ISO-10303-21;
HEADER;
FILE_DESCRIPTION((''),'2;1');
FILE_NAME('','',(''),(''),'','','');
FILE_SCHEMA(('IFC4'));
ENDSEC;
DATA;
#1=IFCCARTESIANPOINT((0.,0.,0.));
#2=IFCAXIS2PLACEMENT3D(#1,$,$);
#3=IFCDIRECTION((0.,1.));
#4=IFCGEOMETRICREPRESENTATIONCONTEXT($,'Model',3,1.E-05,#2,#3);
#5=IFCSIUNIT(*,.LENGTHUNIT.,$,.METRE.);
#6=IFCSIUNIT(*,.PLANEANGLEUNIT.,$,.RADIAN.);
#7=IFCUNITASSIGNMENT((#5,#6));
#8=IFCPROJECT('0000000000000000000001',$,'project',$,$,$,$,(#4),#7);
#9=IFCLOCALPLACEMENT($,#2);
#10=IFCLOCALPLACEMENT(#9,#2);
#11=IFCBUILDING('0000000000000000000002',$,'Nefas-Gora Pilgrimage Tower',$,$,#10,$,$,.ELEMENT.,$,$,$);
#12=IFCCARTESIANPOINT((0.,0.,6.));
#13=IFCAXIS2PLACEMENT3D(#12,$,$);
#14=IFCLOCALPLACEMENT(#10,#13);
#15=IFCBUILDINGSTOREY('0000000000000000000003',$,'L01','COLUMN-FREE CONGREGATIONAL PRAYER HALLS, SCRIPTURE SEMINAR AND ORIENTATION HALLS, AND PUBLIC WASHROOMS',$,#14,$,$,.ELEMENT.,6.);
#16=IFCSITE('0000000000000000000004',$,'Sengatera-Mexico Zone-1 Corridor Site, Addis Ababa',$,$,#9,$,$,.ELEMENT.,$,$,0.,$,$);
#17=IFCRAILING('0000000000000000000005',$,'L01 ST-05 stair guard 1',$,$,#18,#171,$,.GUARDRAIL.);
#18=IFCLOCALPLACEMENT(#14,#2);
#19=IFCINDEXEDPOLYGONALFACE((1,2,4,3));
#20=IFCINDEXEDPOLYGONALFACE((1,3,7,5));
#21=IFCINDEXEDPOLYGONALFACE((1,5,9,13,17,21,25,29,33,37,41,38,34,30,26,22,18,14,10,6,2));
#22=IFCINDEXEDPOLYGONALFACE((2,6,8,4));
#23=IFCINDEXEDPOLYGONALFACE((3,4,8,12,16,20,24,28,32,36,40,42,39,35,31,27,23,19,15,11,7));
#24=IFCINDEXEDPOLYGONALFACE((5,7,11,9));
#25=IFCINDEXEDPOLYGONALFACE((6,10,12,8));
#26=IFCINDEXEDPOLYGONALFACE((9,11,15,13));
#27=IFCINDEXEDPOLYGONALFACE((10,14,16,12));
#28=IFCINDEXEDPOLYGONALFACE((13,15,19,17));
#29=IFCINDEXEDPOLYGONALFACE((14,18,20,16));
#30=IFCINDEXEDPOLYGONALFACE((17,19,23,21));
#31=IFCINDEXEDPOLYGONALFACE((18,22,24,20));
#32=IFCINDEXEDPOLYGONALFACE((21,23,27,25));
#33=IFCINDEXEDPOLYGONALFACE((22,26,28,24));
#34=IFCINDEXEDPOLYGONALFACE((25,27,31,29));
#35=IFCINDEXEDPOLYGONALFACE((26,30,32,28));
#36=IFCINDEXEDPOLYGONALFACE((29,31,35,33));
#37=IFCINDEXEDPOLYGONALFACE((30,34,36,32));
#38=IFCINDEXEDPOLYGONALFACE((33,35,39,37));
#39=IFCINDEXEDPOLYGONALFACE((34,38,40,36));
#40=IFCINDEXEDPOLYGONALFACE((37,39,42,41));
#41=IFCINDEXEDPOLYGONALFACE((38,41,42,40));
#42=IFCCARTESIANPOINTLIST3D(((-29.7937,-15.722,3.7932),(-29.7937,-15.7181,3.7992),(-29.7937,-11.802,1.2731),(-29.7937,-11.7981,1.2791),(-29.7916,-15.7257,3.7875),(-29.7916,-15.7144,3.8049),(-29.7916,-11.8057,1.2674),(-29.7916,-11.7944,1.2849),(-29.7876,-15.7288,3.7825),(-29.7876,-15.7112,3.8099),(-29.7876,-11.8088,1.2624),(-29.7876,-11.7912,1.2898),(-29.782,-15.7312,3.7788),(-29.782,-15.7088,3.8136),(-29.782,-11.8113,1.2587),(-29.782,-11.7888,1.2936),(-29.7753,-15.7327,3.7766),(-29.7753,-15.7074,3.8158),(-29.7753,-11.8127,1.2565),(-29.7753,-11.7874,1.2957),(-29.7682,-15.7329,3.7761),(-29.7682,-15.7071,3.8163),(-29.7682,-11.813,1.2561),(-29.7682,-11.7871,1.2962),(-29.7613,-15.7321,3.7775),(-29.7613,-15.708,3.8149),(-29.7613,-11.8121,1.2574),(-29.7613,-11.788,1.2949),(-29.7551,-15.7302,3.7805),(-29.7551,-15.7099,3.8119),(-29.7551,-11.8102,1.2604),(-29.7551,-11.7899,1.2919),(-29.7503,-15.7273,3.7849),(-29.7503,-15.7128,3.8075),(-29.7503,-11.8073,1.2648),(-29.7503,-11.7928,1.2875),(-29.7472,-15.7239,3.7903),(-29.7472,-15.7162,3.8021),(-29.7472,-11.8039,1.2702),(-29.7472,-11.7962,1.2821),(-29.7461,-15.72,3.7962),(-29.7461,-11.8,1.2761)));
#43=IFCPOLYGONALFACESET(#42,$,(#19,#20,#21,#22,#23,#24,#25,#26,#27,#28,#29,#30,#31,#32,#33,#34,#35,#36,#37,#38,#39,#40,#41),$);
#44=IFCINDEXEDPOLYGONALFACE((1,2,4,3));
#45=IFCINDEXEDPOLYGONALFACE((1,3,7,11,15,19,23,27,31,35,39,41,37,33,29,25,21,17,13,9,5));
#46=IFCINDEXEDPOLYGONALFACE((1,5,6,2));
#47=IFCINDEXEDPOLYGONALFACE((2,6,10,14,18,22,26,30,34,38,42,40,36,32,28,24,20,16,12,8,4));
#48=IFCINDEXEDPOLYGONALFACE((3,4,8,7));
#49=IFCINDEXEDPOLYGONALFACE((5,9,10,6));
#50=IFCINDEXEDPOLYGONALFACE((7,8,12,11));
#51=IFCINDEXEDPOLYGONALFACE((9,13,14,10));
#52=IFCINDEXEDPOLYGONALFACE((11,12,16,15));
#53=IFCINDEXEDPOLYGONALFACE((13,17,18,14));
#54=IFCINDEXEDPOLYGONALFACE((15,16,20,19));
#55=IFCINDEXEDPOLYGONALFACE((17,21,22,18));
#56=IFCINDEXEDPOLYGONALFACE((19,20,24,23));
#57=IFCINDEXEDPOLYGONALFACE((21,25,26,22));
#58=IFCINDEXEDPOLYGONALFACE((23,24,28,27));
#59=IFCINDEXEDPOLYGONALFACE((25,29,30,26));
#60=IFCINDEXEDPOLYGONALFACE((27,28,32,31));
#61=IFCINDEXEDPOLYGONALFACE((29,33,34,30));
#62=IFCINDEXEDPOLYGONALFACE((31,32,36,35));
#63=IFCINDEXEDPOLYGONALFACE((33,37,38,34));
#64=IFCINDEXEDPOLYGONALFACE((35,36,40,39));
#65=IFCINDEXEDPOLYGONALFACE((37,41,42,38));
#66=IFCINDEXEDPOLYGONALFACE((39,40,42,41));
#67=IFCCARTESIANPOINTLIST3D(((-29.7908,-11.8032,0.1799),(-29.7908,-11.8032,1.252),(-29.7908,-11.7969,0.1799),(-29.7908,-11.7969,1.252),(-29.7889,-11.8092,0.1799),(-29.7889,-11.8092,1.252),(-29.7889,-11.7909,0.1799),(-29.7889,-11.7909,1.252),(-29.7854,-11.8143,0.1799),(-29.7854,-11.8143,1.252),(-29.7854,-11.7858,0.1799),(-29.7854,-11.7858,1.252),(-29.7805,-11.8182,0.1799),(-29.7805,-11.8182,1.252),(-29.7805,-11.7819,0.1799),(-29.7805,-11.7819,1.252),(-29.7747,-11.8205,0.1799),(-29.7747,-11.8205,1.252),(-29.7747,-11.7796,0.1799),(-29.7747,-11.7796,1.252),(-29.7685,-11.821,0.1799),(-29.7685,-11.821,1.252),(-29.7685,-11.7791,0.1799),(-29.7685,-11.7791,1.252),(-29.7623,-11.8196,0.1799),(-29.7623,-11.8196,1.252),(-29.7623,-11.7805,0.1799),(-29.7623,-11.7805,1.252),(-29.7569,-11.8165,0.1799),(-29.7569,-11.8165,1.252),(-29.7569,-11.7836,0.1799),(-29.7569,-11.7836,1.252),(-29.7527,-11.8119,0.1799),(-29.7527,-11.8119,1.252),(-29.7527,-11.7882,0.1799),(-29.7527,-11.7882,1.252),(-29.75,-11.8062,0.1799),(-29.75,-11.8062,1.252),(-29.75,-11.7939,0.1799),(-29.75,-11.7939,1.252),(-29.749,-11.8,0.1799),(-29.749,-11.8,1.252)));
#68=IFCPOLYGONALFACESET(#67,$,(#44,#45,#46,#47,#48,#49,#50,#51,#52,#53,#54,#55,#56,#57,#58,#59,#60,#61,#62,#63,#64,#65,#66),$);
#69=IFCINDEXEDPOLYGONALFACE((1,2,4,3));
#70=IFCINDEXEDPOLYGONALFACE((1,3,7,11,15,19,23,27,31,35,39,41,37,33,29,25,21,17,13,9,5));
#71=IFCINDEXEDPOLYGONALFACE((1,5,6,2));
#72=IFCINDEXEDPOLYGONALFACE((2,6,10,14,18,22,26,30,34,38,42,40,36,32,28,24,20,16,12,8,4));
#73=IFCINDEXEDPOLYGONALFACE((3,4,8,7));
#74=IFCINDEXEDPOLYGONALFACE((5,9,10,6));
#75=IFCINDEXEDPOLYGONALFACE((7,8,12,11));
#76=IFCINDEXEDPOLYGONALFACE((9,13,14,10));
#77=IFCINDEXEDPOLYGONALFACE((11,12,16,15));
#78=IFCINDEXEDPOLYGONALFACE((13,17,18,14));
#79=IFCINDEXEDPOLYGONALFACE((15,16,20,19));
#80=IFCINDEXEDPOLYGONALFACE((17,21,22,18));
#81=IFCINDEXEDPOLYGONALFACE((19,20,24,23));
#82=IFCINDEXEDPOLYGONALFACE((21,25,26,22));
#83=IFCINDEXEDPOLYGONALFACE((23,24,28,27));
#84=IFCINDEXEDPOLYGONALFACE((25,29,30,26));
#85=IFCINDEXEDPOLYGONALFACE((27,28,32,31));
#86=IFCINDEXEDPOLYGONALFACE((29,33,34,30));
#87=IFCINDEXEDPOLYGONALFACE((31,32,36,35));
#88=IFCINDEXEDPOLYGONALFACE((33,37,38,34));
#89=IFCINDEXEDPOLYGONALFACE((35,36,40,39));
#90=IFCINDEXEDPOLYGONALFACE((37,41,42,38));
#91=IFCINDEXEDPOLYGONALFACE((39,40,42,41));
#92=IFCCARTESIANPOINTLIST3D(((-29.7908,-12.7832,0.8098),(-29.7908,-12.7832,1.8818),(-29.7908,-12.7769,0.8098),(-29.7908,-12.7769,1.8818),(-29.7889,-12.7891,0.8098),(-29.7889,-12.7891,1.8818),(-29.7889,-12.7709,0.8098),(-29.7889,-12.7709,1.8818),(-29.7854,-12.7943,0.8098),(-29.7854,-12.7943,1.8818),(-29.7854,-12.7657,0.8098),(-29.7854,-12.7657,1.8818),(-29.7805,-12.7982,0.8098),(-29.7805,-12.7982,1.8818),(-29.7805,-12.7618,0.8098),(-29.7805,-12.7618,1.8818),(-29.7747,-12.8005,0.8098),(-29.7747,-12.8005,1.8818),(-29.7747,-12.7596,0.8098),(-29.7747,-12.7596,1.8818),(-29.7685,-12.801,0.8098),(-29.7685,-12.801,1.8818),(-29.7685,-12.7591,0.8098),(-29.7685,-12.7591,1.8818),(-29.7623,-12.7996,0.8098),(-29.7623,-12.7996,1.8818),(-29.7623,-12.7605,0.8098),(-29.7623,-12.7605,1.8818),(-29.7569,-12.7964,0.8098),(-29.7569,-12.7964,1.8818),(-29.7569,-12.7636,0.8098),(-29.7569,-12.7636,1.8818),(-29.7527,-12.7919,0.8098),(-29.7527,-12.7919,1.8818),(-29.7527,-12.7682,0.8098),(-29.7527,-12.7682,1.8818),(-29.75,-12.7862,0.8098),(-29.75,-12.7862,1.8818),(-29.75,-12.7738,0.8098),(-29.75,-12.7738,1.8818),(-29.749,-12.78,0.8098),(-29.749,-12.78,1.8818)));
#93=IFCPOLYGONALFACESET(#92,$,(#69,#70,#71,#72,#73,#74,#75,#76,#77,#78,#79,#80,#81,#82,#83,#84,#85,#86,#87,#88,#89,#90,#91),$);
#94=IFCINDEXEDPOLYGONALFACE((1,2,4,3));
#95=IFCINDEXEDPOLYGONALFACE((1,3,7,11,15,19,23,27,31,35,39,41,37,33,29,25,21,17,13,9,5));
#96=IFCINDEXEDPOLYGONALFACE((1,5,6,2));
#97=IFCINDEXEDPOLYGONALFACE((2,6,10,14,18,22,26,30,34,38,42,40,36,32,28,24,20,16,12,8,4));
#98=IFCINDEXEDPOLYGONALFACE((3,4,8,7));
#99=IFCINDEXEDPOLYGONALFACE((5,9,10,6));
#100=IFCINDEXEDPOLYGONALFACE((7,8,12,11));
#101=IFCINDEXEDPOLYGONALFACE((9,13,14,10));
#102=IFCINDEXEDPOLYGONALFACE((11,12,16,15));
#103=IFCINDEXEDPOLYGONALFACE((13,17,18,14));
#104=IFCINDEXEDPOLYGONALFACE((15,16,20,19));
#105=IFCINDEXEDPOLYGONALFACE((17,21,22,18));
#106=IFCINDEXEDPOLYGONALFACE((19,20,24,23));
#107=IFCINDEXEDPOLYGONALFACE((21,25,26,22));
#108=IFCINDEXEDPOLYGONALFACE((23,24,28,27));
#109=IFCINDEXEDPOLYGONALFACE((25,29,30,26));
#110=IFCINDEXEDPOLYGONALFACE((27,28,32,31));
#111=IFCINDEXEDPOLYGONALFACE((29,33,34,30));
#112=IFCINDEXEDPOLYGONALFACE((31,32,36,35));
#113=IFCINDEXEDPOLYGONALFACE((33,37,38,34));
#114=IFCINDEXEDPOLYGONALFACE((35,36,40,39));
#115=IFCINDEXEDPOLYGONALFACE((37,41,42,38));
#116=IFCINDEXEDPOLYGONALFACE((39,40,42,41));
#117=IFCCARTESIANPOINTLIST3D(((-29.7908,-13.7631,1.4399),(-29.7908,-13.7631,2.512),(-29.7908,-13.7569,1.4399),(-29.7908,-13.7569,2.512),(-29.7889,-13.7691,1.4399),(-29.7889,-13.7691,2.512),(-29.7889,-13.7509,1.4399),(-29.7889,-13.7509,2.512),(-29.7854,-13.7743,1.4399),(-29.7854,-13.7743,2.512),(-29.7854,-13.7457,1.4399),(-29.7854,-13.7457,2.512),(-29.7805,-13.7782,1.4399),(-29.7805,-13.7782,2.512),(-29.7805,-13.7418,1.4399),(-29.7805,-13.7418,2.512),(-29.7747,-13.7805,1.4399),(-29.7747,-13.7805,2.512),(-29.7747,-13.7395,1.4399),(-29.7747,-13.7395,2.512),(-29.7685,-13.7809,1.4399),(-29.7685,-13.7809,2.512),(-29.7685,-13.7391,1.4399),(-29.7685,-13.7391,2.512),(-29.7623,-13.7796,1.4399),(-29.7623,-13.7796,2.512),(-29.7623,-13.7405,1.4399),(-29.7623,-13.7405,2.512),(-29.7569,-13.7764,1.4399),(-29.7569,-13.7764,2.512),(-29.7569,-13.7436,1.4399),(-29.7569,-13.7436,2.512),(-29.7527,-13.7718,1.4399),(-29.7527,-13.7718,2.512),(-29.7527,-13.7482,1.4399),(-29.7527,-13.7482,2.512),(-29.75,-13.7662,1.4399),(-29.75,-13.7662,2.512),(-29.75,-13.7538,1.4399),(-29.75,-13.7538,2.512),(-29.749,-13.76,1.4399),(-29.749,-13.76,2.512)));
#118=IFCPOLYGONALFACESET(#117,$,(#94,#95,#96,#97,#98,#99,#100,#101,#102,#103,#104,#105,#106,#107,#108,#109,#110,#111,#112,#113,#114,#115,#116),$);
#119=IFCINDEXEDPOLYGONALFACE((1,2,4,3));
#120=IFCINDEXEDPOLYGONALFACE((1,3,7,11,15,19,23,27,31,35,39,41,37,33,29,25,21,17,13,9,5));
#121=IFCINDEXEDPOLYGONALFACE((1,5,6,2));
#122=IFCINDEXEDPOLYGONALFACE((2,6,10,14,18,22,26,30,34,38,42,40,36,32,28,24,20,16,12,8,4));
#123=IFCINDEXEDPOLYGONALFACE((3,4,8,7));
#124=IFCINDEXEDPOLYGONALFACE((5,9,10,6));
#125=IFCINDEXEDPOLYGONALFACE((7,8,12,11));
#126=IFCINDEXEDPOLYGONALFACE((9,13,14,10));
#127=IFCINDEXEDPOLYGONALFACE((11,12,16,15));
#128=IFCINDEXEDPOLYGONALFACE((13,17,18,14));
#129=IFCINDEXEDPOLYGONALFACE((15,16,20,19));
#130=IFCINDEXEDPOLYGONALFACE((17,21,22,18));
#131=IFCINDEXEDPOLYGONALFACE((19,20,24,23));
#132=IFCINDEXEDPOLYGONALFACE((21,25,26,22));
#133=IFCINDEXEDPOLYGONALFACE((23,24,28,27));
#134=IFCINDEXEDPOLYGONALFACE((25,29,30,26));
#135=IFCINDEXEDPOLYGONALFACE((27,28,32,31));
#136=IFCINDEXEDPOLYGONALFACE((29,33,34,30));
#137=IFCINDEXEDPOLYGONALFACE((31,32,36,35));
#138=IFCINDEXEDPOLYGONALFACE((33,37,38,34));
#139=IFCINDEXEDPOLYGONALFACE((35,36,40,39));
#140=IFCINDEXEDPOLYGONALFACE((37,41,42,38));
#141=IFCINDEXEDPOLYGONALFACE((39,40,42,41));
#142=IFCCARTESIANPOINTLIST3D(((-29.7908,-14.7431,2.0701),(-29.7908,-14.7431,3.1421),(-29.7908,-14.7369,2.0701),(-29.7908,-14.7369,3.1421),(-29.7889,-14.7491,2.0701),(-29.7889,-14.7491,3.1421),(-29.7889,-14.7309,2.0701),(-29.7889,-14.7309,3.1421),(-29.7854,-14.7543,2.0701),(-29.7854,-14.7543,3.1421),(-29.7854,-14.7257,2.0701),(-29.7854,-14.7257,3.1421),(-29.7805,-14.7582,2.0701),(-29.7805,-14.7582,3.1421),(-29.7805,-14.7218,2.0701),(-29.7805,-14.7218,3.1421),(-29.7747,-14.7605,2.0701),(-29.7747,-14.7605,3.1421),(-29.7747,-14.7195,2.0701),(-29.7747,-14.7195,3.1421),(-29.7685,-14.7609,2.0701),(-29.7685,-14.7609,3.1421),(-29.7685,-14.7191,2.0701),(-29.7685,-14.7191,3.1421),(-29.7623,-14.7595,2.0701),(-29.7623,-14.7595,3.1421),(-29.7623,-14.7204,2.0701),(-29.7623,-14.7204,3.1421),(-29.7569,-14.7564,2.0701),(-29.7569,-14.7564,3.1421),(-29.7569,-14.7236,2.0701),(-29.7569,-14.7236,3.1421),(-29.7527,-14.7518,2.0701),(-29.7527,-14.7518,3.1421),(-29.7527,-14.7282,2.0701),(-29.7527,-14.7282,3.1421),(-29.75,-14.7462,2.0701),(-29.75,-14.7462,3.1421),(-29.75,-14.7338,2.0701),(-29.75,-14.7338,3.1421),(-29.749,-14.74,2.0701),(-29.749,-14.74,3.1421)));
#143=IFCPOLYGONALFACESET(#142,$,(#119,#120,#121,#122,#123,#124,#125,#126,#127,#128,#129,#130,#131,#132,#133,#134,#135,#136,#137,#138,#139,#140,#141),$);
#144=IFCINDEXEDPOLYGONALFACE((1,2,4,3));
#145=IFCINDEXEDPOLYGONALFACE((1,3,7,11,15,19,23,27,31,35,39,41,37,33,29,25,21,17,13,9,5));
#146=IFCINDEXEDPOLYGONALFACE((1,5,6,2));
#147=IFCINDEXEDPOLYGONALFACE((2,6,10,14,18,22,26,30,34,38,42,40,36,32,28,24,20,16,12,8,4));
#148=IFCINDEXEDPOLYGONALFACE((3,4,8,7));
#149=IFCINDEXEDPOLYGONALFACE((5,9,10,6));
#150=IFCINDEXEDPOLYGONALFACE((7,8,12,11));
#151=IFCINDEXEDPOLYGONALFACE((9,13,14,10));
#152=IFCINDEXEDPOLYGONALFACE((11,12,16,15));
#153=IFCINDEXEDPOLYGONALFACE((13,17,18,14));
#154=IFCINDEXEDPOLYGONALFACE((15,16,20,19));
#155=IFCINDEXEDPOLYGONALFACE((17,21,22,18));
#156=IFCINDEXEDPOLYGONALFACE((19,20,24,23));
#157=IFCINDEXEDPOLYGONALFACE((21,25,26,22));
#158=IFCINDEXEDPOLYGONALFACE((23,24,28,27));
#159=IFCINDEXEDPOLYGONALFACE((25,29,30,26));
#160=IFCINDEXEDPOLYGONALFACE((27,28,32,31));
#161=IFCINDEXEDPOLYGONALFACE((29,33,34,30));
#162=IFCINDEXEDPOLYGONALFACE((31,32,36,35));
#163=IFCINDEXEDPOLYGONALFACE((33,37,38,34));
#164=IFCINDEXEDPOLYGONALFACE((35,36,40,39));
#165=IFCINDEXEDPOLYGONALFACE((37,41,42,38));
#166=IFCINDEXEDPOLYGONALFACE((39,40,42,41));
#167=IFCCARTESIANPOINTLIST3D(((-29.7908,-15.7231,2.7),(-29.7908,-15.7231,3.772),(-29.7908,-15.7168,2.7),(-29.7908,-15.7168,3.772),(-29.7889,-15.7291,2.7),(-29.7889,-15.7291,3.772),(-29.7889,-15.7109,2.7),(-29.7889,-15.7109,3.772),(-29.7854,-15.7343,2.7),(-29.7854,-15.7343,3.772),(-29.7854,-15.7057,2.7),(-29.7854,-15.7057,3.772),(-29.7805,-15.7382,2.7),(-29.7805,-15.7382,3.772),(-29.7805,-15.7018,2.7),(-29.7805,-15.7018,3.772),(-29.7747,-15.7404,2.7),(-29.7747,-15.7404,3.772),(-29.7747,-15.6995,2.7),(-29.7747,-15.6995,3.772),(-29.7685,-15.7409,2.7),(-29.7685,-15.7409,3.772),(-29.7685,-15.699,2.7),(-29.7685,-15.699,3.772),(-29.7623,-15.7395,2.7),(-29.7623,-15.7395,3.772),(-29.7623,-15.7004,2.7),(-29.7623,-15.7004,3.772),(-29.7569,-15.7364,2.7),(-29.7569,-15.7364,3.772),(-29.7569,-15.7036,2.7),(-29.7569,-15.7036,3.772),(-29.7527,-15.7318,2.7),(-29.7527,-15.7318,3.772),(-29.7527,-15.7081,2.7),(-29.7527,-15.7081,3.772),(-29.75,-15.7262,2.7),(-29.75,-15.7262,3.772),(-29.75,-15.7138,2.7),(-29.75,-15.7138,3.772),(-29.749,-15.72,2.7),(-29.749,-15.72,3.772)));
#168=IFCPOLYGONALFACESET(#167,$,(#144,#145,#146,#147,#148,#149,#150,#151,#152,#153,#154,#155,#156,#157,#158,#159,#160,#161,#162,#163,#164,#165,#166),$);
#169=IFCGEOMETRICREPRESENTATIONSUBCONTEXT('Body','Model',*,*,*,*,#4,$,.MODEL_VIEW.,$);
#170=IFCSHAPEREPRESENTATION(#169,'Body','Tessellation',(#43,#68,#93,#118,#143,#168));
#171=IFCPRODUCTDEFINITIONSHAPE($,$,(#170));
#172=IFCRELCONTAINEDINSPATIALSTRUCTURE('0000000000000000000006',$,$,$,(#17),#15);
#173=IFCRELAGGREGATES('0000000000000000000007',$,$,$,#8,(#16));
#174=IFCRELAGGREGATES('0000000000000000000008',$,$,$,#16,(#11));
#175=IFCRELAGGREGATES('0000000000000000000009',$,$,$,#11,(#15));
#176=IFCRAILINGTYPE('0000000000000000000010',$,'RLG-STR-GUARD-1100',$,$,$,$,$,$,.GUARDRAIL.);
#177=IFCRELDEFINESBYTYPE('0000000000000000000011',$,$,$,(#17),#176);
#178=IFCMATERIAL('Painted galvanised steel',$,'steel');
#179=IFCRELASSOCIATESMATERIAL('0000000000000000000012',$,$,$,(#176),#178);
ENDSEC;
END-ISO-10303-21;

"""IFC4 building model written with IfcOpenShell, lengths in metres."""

from ifc_helpers import new_model, si_unit, direction, frame, origin, origin_2d, place, context, subcontext, project, spatial, circle, extrude, material, type_object, element, save


model = new_model("IFC4")

# Units and contexts
model_context = context("Model", 3, precision=1e-05, world=origin(), true_north=direction((0.0, 1.0)))
body_context = subcontext(model_context, "Body", "Model", "MODEL_VIEW")
ifc_project = project(units=[si_unit("LENGTHUNIT", "METRE"), si_unit("PLANEANGLEUNIT", "RADIAN")], contexts=[model_context])

# Site, building, storey
site_placement = place(None, origin())
site = spatial("IfcSite", under=ifc_project, at=site_placement, Name="Sengatera-Mexico Zone-1 Corridor Site, Addis Ababa", CompositionType="ELEMENT", RefElevation=0.0)
building_placement = place(site_placement, origin())
building = spatial("IfcBuilding", under=site, at=building_placement, Name="Nefas-Gora Pilgrimage Tower", CompositionType="ELEMENT")
storey_placement = place(building_placement, frame((0.0, 0.0, 6.0)))
storey = spatial("IfcBuildingStorey", under=building, at=storey_placement, Name="L01", Description="COLUMN-FREE CONGREGATIONAL PRAYER HALLS, SCRIPTURE SEMINAR AND ORIENTATION HALLS, AND PUBLIC WASHROOMS", CompositionType="ELEMENT", Elevation=6.0)

# Railing
ifc_material_1 = material(Name="Painted galvanised steel", Category="steel")
railing_type_1 = type_object("IfcRailingType", Name="RLG-STR-GUARD-1100", PredefinedType="GUARDRAIL", material=ifc_material_1)
railing_1_placement = place(storey_placement, frame((-29.77, -11.8, 0.1799)))
element("IfcRailing", 1, at=railing_1_placement, inside=storey, type_object=railing_type_1, Name="L01 ST-05 stair guard 1", PredefinedType="GUARDRAIL", context=body_context, shape_type="SweptSolid", body=[
    extrude(circle(Radius=0.0239, at=origin_2d()), frame((0.0, 0.0, 1.0962), z_axis=(0.0, -0.841172, 0.540768), x_axis=(1.0, 0.0, 0.0)), (0.0, 0.0, 1.0), 4.6602),
    extrude(circle(Radius=0.021, at=origin_2d()), origin(), (0.0, 0.0, 1.0), 1.072),
    extrude(circle(Radius=0.021, at=origin_2d()), frame((0.0, -0.98, 0.6299)), (0.0, 0.0, 1.0), 1.072),
    extrude(circle(Radius=0.021, at=origin_2d()), frame((0.0, -1.96, 1.26)), (0.0, 0.0, 1.0), 1.072),
    extrude(circle(Radius=0.021, at=origin_2d()), frame((0.0, -2.9399, 1.8901)), (0.0, 0.0, 1.0), 1.072),
    extrude(circle(Radius=0.021, at=origin_2d()), frame((0.0, -3.9199, 2.52)), (0.0, 0.0, 1.0), 1.072),
])

save(model, "model.ifc")
